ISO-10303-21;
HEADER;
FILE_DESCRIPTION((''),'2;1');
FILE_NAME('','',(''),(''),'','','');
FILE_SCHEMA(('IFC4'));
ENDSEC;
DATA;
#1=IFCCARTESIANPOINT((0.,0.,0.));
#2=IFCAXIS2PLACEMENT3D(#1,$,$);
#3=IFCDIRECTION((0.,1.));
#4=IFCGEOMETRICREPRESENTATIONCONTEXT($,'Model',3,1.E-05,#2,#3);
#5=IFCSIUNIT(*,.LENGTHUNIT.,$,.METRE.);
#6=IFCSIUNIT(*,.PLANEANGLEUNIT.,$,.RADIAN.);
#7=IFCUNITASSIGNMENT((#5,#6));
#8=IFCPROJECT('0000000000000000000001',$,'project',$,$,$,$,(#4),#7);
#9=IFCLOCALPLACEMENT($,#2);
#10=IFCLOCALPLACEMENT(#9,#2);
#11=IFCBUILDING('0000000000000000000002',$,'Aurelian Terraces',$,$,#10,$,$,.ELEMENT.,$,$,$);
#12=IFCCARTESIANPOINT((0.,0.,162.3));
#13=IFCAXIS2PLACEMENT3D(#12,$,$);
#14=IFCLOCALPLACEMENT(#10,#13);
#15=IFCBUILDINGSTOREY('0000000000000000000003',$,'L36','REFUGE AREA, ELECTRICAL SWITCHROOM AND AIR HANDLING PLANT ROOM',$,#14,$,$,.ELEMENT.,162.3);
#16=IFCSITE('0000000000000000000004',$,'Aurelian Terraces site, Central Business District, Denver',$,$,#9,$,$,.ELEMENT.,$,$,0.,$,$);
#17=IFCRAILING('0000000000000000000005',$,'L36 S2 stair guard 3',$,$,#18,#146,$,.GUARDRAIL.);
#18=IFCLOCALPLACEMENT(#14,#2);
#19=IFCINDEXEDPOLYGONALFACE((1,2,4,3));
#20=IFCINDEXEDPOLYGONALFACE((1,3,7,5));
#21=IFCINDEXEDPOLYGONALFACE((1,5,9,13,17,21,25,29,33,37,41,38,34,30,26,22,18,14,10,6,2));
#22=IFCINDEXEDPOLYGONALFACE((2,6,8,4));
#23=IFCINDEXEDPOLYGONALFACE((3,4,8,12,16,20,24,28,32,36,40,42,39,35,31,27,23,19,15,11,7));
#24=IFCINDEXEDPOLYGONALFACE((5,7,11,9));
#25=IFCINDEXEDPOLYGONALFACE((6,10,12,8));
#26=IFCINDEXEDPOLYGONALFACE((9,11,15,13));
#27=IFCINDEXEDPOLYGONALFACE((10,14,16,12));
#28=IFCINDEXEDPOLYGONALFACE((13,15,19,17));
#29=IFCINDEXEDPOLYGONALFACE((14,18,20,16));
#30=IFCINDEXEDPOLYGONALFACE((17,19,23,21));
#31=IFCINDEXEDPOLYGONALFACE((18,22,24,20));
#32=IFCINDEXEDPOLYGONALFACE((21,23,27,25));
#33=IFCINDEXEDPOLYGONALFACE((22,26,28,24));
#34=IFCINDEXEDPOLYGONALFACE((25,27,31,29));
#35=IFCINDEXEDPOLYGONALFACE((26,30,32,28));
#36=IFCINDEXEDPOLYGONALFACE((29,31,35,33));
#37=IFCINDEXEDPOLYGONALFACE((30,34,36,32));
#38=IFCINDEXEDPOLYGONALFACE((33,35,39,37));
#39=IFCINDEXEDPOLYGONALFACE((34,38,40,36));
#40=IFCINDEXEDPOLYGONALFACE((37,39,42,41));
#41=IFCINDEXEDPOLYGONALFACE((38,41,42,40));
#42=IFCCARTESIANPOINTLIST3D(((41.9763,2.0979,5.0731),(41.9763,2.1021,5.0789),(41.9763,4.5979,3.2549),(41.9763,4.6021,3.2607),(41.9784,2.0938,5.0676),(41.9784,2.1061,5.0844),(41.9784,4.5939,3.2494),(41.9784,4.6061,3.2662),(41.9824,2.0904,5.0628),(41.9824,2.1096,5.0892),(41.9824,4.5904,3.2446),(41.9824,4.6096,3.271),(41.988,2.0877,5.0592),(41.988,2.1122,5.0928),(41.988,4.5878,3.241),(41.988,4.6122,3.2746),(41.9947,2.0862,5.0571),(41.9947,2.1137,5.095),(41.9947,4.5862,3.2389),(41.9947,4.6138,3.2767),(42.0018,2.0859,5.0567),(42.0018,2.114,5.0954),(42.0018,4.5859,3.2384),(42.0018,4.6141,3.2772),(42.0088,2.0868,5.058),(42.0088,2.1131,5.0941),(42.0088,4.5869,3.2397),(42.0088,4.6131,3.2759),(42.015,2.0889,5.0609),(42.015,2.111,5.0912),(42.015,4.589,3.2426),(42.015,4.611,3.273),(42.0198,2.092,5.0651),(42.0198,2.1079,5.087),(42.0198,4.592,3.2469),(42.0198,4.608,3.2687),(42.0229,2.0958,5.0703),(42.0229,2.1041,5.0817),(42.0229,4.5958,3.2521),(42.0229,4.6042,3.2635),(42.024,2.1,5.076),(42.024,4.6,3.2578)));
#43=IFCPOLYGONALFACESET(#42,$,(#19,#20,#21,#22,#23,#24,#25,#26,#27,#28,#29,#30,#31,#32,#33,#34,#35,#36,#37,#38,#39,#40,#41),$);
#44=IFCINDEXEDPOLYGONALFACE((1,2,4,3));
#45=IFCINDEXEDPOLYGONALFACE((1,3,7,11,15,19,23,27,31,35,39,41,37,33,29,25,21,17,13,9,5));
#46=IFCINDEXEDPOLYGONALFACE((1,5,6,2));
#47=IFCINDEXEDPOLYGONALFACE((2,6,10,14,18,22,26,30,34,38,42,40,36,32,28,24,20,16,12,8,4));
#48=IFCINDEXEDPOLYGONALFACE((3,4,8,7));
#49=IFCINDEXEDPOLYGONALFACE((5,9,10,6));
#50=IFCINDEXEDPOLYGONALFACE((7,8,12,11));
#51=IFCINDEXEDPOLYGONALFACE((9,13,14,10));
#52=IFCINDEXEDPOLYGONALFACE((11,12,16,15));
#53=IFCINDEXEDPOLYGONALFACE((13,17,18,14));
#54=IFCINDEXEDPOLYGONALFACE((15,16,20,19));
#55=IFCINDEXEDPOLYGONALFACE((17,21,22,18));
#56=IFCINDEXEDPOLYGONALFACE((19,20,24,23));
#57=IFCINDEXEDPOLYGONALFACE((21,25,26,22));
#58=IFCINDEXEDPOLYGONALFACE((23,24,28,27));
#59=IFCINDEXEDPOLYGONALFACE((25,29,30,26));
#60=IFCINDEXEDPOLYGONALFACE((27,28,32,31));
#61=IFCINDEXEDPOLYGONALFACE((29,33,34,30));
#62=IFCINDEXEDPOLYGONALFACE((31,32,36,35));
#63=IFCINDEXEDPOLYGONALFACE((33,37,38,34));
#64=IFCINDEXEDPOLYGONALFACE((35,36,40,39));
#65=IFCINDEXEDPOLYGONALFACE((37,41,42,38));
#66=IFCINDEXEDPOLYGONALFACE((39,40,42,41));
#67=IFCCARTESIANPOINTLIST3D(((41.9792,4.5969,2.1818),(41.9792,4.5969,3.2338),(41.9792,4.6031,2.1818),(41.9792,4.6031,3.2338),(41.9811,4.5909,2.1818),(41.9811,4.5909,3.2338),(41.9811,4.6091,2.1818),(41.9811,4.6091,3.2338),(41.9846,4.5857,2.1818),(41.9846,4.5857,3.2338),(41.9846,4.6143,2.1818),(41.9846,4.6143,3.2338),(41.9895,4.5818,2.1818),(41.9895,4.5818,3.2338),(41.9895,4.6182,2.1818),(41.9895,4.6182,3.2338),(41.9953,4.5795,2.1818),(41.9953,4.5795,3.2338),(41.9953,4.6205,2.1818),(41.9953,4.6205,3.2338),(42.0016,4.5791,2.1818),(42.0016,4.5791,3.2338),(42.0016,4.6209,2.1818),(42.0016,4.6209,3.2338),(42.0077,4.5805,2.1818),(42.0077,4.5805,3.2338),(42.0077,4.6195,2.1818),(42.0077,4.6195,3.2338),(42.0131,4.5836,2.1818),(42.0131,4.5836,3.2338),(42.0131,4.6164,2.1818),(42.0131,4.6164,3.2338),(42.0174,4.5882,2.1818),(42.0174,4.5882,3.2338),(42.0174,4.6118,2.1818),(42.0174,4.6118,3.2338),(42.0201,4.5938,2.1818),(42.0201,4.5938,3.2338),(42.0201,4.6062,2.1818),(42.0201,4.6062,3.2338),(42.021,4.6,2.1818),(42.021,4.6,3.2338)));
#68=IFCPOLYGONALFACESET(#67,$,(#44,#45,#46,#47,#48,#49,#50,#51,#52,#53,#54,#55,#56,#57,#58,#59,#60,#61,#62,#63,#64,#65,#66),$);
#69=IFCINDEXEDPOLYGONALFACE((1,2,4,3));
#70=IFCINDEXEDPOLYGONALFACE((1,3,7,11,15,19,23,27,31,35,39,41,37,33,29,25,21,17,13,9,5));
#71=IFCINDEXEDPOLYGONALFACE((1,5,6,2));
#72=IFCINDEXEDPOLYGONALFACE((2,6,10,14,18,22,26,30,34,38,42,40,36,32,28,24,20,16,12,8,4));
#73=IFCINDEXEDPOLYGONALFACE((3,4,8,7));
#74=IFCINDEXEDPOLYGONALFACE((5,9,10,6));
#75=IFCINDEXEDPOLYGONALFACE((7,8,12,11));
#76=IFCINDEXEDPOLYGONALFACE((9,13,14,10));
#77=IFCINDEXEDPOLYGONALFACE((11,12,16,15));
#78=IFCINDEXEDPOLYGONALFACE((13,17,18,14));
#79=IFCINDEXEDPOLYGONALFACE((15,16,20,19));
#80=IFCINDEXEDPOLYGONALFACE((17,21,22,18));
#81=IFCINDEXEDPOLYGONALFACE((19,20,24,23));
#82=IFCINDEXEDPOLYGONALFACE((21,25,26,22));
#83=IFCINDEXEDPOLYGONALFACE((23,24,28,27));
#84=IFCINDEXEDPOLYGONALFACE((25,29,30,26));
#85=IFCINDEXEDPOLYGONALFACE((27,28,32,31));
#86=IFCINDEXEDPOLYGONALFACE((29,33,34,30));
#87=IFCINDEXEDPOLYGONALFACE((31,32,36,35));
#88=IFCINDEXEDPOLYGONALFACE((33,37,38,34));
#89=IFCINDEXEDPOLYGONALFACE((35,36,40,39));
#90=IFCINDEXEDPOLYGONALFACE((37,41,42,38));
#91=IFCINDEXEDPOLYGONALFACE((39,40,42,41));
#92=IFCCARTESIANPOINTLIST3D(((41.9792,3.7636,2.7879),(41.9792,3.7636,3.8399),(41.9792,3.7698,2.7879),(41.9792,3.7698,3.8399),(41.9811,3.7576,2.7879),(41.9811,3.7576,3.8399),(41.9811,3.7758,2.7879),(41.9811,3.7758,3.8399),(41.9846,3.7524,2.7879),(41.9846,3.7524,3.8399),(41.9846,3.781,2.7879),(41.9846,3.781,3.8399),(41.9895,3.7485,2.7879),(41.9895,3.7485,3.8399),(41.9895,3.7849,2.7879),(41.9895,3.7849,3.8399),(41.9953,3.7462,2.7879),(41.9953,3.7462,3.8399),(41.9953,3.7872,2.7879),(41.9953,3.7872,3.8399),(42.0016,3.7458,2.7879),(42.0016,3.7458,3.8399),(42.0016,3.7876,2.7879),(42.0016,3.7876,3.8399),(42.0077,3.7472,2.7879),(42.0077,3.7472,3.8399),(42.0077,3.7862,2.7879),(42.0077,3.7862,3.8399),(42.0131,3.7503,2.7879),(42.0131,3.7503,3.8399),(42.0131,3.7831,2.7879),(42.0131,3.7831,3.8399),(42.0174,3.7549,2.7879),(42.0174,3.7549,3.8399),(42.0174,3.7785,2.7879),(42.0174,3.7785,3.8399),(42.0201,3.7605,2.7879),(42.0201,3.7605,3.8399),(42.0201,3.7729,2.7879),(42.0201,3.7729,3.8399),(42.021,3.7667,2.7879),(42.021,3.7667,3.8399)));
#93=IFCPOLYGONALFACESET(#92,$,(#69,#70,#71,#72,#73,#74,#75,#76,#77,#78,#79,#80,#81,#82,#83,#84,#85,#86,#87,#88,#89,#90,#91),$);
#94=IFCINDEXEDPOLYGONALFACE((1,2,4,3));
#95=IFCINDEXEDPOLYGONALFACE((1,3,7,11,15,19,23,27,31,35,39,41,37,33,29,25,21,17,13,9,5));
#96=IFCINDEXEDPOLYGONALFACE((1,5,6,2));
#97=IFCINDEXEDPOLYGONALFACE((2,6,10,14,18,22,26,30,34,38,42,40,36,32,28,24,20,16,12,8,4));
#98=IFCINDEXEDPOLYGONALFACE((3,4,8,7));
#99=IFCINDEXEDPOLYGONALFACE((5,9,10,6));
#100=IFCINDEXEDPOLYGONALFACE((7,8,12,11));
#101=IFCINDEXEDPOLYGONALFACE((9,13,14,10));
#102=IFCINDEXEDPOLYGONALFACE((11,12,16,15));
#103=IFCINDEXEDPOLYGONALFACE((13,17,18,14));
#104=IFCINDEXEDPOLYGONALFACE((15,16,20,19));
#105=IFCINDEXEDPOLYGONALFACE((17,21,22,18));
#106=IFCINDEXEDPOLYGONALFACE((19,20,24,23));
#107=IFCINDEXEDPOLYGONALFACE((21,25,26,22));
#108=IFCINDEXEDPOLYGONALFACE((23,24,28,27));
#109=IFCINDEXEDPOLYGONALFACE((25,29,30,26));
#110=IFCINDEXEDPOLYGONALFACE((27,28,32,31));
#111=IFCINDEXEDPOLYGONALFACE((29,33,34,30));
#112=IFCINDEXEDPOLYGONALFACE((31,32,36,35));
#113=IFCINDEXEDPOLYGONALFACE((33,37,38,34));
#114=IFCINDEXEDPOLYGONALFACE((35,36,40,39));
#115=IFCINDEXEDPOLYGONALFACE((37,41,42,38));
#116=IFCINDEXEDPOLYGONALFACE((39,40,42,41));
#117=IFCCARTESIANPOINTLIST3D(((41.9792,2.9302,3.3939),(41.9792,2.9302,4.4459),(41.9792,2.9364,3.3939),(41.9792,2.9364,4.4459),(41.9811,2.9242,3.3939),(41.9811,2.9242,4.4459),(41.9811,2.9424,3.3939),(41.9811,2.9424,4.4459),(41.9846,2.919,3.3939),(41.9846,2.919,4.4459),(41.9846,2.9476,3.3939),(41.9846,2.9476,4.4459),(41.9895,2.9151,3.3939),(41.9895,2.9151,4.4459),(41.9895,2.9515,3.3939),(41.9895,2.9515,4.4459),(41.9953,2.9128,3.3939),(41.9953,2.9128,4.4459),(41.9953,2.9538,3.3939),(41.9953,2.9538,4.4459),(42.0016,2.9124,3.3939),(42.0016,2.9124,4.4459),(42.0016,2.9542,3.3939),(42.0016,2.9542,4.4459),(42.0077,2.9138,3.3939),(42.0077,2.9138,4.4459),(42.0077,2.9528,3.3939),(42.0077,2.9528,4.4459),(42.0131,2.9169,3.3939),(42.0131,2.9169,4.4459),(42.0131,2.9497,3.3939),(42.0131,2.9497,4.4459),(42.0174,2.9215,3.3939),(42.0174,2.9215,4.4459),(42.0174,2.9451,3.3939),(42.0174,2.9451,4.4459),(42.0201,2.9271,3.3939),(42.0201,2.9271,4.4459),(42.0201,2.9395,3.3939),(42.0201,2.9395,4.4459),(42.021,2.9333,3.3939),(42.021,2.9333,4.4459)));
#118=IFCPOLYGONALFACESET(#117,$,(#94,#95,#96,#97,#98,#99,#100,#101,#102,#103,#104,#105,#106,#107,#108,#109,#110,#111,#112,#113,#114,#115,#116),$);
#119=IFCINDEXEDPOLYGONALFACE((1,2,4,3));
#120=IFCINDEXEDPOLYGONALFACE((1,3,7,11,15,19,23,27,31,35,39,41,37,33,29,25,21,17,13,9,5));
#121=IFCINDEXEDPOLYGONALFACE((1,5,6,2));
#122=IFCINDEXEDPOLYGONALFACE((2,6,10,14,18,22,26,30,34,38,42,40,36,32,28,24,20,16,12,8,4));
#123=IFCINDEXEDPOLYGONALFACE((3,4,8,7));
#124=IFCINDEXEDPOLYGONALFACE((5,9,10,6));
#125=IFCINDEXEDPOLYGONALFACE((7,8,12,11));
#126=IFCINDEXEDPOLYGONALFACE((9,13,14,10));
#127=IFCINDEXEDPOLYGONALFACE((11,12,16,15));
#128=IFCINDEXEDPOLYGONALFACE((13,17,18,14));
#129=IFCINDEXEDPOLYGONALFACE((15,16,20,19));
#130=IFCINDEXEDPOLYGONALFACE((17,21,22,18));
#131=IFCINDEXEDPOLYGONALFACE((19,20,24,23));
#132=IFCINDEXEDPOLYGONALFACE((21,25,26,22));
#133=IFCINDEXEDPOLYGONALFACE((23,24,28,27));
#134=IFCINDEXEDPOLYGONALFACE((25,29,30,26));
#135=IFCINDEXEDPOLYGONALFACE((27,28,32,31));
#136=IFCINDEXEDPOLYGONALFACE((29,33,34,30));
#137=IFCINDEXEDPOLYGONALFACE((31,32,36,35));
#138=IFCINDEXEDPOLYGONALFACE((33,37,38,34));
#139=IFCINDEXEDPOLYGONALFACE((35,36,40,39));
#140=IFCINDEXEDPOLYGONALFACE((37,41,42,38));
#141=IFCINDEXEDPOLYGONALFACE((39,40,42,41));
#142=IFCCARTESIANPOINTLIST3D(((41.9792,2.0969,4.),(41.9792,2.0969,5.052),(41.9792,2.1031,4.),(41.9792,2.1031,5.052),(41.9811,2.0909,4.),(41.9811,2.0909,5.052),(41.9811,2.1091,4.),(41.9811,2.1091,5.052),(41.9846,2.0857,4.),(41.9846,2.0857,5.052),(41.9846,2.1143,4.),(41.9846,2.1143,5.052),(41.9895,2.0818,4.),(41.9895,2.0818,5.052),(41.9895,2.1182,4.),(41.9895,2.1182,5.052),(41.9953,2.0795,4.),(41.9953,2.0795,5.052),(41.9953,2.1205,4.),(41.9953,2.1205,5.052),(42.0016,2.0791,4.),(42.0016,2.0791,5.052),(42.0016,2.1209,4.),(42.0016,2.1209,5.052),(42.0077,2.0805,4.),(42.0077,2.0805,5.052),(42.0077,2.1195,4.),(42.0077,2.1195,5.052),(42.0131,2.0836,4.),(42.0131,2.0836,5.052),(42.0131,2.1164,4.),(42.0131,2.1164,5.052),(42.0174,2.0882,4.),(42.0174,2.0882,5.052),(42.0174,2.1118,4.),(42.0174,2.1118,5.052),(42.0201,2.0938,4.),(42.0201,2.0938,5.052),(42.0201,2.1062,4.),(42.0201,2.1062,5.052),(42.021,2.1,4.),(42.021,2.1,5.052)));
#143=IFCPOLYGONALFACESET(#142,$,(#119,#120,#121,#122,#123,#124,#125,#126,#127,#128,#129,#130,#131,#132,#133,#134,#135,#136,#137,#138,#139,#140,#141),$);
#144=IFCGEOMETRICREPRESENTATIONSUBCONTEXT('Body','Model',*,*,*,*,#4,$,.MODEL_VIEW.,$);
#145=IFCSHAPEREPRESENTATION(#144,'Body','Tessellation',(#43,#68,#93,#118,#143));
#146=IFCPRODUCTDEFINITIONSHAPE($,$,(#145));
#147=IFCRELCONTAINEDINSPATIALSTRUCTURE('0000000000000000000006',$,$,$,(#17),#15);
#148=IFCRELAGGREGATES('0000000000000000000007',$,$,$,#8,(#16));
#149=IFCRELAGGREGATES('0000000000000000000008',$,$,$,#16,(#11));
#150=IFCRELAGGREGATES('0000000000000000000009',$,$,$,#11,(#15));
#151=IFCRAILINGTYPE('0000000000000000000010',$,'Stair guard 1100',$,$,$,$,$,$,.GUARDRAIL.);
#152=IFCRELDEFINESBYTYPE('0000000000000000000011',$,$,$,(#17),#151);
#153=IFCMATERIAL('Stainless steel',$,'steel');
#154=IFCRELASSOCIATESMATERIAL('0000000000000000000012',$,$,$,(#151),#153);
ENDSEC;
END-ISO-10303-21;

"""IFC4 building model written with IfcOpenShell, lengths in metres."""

from ifc_helpers import new_model, si_unit, direction, frame, origin, origin_2d, place, context, subcontext, project, spatial, circle, extrude, source, transform, mapped, material, type_object, element, save


model = new_model("IFC4")

# Units and contexts
model_context = context("Model", 3, precision=1e-05, world=origin(), true_north=direction((0.0, 1.0)))
body_context = subcontext(model_context, "Body", "Model", "MODEL_VIEW")
ifc_project = project(units=[si_unit("LENGTHUNIT", "METRE"), si_unit("PLANEANGLEUNIT", "RADIAN")], contexts=[model_context])

# Site, building, storey
site_placement = place(None, origin())
site = spatial("IfcSite", under=ifc_project, at=site_placement, Name="Aurelian Terraces site, Central Business District, Denver", CompositionType="ELEMENT", RefElevation=0.0)
building_placement = place(site_placement, origin())
building = spatial("IfcBuilding", under=site, at=building_placement, Name="Aurelian Terraces", CompositionType="ELEMENT")
storey_placement = place(building_placement, frame((0.0, 0.0, 162.3)))
storey = spatial("IfcBuildingStorey", under=building, at=storey_placement, Name="L36", Description="REFUGE AREA, ELECTRICAL SWITCHROOM AND AIR HANDLING PLANT ROOM", CompositionType="ELEMENT", Elevation=162.3)

# Railing
ifc_material_1 = material(Name="Stainless steel", Category="steel")
railing_type_1 = type_object("IfcRailingType", Name="Stair guard 1100", PredefinedType="GUARDRAIL", material=ifc_material_1)
shared_shape_1 = source(origin(), body_context, "Body", "SweptSolid", [
    extrude(circle(Radius=0.024, at=origin_2d()), frame((0.0, 0.0, 1.076), z_axis=(0.0, -0.808733, 0.588176), x_axis=(1.0, 0.0, 0.0)), (0.0, 0.0, 1.0), 3.0913),
    extrude(circle(Radius=0.021, at=origin_2d()), origin(), (0.0, 0.0, 1.0), 1.052),
    extrude(circle(Radius=0.021, at=origin_2d()), frame((0.0, -0.8333, 0.6061)), (0.0, 0.0, 1.0), 1.052),
    extrude(circle(Radius=0.021, at=origin_2d()), frame((0.0, -1.6667, 1.2121)), (0.0, 0.0, 1.0), 1.052),
    extrude(circle(Radius=0.021, at=origin_2d()), frame((0.0, -2.5, 1.8182)), (0.0, 0.0, 1.0), 1.052),
])
for number, where, name in (
    (1, (42.0, 4.6, 2.1818), "L36 S2 stair guard 3"),
):
    element("IfcRailing", number, at=place(storey_placement, frame(where)), inside=storey, type_object=railing_type_1, Name=name, PredefinedType="GUARDRAIL", context=body_context, shape_type="MappedRepresentation", body=[
        mapped(shared_shape_1, transform((0.0, 0.0, 0.0), scale=1.0)),
    ])

save(model, "model.ifc")
